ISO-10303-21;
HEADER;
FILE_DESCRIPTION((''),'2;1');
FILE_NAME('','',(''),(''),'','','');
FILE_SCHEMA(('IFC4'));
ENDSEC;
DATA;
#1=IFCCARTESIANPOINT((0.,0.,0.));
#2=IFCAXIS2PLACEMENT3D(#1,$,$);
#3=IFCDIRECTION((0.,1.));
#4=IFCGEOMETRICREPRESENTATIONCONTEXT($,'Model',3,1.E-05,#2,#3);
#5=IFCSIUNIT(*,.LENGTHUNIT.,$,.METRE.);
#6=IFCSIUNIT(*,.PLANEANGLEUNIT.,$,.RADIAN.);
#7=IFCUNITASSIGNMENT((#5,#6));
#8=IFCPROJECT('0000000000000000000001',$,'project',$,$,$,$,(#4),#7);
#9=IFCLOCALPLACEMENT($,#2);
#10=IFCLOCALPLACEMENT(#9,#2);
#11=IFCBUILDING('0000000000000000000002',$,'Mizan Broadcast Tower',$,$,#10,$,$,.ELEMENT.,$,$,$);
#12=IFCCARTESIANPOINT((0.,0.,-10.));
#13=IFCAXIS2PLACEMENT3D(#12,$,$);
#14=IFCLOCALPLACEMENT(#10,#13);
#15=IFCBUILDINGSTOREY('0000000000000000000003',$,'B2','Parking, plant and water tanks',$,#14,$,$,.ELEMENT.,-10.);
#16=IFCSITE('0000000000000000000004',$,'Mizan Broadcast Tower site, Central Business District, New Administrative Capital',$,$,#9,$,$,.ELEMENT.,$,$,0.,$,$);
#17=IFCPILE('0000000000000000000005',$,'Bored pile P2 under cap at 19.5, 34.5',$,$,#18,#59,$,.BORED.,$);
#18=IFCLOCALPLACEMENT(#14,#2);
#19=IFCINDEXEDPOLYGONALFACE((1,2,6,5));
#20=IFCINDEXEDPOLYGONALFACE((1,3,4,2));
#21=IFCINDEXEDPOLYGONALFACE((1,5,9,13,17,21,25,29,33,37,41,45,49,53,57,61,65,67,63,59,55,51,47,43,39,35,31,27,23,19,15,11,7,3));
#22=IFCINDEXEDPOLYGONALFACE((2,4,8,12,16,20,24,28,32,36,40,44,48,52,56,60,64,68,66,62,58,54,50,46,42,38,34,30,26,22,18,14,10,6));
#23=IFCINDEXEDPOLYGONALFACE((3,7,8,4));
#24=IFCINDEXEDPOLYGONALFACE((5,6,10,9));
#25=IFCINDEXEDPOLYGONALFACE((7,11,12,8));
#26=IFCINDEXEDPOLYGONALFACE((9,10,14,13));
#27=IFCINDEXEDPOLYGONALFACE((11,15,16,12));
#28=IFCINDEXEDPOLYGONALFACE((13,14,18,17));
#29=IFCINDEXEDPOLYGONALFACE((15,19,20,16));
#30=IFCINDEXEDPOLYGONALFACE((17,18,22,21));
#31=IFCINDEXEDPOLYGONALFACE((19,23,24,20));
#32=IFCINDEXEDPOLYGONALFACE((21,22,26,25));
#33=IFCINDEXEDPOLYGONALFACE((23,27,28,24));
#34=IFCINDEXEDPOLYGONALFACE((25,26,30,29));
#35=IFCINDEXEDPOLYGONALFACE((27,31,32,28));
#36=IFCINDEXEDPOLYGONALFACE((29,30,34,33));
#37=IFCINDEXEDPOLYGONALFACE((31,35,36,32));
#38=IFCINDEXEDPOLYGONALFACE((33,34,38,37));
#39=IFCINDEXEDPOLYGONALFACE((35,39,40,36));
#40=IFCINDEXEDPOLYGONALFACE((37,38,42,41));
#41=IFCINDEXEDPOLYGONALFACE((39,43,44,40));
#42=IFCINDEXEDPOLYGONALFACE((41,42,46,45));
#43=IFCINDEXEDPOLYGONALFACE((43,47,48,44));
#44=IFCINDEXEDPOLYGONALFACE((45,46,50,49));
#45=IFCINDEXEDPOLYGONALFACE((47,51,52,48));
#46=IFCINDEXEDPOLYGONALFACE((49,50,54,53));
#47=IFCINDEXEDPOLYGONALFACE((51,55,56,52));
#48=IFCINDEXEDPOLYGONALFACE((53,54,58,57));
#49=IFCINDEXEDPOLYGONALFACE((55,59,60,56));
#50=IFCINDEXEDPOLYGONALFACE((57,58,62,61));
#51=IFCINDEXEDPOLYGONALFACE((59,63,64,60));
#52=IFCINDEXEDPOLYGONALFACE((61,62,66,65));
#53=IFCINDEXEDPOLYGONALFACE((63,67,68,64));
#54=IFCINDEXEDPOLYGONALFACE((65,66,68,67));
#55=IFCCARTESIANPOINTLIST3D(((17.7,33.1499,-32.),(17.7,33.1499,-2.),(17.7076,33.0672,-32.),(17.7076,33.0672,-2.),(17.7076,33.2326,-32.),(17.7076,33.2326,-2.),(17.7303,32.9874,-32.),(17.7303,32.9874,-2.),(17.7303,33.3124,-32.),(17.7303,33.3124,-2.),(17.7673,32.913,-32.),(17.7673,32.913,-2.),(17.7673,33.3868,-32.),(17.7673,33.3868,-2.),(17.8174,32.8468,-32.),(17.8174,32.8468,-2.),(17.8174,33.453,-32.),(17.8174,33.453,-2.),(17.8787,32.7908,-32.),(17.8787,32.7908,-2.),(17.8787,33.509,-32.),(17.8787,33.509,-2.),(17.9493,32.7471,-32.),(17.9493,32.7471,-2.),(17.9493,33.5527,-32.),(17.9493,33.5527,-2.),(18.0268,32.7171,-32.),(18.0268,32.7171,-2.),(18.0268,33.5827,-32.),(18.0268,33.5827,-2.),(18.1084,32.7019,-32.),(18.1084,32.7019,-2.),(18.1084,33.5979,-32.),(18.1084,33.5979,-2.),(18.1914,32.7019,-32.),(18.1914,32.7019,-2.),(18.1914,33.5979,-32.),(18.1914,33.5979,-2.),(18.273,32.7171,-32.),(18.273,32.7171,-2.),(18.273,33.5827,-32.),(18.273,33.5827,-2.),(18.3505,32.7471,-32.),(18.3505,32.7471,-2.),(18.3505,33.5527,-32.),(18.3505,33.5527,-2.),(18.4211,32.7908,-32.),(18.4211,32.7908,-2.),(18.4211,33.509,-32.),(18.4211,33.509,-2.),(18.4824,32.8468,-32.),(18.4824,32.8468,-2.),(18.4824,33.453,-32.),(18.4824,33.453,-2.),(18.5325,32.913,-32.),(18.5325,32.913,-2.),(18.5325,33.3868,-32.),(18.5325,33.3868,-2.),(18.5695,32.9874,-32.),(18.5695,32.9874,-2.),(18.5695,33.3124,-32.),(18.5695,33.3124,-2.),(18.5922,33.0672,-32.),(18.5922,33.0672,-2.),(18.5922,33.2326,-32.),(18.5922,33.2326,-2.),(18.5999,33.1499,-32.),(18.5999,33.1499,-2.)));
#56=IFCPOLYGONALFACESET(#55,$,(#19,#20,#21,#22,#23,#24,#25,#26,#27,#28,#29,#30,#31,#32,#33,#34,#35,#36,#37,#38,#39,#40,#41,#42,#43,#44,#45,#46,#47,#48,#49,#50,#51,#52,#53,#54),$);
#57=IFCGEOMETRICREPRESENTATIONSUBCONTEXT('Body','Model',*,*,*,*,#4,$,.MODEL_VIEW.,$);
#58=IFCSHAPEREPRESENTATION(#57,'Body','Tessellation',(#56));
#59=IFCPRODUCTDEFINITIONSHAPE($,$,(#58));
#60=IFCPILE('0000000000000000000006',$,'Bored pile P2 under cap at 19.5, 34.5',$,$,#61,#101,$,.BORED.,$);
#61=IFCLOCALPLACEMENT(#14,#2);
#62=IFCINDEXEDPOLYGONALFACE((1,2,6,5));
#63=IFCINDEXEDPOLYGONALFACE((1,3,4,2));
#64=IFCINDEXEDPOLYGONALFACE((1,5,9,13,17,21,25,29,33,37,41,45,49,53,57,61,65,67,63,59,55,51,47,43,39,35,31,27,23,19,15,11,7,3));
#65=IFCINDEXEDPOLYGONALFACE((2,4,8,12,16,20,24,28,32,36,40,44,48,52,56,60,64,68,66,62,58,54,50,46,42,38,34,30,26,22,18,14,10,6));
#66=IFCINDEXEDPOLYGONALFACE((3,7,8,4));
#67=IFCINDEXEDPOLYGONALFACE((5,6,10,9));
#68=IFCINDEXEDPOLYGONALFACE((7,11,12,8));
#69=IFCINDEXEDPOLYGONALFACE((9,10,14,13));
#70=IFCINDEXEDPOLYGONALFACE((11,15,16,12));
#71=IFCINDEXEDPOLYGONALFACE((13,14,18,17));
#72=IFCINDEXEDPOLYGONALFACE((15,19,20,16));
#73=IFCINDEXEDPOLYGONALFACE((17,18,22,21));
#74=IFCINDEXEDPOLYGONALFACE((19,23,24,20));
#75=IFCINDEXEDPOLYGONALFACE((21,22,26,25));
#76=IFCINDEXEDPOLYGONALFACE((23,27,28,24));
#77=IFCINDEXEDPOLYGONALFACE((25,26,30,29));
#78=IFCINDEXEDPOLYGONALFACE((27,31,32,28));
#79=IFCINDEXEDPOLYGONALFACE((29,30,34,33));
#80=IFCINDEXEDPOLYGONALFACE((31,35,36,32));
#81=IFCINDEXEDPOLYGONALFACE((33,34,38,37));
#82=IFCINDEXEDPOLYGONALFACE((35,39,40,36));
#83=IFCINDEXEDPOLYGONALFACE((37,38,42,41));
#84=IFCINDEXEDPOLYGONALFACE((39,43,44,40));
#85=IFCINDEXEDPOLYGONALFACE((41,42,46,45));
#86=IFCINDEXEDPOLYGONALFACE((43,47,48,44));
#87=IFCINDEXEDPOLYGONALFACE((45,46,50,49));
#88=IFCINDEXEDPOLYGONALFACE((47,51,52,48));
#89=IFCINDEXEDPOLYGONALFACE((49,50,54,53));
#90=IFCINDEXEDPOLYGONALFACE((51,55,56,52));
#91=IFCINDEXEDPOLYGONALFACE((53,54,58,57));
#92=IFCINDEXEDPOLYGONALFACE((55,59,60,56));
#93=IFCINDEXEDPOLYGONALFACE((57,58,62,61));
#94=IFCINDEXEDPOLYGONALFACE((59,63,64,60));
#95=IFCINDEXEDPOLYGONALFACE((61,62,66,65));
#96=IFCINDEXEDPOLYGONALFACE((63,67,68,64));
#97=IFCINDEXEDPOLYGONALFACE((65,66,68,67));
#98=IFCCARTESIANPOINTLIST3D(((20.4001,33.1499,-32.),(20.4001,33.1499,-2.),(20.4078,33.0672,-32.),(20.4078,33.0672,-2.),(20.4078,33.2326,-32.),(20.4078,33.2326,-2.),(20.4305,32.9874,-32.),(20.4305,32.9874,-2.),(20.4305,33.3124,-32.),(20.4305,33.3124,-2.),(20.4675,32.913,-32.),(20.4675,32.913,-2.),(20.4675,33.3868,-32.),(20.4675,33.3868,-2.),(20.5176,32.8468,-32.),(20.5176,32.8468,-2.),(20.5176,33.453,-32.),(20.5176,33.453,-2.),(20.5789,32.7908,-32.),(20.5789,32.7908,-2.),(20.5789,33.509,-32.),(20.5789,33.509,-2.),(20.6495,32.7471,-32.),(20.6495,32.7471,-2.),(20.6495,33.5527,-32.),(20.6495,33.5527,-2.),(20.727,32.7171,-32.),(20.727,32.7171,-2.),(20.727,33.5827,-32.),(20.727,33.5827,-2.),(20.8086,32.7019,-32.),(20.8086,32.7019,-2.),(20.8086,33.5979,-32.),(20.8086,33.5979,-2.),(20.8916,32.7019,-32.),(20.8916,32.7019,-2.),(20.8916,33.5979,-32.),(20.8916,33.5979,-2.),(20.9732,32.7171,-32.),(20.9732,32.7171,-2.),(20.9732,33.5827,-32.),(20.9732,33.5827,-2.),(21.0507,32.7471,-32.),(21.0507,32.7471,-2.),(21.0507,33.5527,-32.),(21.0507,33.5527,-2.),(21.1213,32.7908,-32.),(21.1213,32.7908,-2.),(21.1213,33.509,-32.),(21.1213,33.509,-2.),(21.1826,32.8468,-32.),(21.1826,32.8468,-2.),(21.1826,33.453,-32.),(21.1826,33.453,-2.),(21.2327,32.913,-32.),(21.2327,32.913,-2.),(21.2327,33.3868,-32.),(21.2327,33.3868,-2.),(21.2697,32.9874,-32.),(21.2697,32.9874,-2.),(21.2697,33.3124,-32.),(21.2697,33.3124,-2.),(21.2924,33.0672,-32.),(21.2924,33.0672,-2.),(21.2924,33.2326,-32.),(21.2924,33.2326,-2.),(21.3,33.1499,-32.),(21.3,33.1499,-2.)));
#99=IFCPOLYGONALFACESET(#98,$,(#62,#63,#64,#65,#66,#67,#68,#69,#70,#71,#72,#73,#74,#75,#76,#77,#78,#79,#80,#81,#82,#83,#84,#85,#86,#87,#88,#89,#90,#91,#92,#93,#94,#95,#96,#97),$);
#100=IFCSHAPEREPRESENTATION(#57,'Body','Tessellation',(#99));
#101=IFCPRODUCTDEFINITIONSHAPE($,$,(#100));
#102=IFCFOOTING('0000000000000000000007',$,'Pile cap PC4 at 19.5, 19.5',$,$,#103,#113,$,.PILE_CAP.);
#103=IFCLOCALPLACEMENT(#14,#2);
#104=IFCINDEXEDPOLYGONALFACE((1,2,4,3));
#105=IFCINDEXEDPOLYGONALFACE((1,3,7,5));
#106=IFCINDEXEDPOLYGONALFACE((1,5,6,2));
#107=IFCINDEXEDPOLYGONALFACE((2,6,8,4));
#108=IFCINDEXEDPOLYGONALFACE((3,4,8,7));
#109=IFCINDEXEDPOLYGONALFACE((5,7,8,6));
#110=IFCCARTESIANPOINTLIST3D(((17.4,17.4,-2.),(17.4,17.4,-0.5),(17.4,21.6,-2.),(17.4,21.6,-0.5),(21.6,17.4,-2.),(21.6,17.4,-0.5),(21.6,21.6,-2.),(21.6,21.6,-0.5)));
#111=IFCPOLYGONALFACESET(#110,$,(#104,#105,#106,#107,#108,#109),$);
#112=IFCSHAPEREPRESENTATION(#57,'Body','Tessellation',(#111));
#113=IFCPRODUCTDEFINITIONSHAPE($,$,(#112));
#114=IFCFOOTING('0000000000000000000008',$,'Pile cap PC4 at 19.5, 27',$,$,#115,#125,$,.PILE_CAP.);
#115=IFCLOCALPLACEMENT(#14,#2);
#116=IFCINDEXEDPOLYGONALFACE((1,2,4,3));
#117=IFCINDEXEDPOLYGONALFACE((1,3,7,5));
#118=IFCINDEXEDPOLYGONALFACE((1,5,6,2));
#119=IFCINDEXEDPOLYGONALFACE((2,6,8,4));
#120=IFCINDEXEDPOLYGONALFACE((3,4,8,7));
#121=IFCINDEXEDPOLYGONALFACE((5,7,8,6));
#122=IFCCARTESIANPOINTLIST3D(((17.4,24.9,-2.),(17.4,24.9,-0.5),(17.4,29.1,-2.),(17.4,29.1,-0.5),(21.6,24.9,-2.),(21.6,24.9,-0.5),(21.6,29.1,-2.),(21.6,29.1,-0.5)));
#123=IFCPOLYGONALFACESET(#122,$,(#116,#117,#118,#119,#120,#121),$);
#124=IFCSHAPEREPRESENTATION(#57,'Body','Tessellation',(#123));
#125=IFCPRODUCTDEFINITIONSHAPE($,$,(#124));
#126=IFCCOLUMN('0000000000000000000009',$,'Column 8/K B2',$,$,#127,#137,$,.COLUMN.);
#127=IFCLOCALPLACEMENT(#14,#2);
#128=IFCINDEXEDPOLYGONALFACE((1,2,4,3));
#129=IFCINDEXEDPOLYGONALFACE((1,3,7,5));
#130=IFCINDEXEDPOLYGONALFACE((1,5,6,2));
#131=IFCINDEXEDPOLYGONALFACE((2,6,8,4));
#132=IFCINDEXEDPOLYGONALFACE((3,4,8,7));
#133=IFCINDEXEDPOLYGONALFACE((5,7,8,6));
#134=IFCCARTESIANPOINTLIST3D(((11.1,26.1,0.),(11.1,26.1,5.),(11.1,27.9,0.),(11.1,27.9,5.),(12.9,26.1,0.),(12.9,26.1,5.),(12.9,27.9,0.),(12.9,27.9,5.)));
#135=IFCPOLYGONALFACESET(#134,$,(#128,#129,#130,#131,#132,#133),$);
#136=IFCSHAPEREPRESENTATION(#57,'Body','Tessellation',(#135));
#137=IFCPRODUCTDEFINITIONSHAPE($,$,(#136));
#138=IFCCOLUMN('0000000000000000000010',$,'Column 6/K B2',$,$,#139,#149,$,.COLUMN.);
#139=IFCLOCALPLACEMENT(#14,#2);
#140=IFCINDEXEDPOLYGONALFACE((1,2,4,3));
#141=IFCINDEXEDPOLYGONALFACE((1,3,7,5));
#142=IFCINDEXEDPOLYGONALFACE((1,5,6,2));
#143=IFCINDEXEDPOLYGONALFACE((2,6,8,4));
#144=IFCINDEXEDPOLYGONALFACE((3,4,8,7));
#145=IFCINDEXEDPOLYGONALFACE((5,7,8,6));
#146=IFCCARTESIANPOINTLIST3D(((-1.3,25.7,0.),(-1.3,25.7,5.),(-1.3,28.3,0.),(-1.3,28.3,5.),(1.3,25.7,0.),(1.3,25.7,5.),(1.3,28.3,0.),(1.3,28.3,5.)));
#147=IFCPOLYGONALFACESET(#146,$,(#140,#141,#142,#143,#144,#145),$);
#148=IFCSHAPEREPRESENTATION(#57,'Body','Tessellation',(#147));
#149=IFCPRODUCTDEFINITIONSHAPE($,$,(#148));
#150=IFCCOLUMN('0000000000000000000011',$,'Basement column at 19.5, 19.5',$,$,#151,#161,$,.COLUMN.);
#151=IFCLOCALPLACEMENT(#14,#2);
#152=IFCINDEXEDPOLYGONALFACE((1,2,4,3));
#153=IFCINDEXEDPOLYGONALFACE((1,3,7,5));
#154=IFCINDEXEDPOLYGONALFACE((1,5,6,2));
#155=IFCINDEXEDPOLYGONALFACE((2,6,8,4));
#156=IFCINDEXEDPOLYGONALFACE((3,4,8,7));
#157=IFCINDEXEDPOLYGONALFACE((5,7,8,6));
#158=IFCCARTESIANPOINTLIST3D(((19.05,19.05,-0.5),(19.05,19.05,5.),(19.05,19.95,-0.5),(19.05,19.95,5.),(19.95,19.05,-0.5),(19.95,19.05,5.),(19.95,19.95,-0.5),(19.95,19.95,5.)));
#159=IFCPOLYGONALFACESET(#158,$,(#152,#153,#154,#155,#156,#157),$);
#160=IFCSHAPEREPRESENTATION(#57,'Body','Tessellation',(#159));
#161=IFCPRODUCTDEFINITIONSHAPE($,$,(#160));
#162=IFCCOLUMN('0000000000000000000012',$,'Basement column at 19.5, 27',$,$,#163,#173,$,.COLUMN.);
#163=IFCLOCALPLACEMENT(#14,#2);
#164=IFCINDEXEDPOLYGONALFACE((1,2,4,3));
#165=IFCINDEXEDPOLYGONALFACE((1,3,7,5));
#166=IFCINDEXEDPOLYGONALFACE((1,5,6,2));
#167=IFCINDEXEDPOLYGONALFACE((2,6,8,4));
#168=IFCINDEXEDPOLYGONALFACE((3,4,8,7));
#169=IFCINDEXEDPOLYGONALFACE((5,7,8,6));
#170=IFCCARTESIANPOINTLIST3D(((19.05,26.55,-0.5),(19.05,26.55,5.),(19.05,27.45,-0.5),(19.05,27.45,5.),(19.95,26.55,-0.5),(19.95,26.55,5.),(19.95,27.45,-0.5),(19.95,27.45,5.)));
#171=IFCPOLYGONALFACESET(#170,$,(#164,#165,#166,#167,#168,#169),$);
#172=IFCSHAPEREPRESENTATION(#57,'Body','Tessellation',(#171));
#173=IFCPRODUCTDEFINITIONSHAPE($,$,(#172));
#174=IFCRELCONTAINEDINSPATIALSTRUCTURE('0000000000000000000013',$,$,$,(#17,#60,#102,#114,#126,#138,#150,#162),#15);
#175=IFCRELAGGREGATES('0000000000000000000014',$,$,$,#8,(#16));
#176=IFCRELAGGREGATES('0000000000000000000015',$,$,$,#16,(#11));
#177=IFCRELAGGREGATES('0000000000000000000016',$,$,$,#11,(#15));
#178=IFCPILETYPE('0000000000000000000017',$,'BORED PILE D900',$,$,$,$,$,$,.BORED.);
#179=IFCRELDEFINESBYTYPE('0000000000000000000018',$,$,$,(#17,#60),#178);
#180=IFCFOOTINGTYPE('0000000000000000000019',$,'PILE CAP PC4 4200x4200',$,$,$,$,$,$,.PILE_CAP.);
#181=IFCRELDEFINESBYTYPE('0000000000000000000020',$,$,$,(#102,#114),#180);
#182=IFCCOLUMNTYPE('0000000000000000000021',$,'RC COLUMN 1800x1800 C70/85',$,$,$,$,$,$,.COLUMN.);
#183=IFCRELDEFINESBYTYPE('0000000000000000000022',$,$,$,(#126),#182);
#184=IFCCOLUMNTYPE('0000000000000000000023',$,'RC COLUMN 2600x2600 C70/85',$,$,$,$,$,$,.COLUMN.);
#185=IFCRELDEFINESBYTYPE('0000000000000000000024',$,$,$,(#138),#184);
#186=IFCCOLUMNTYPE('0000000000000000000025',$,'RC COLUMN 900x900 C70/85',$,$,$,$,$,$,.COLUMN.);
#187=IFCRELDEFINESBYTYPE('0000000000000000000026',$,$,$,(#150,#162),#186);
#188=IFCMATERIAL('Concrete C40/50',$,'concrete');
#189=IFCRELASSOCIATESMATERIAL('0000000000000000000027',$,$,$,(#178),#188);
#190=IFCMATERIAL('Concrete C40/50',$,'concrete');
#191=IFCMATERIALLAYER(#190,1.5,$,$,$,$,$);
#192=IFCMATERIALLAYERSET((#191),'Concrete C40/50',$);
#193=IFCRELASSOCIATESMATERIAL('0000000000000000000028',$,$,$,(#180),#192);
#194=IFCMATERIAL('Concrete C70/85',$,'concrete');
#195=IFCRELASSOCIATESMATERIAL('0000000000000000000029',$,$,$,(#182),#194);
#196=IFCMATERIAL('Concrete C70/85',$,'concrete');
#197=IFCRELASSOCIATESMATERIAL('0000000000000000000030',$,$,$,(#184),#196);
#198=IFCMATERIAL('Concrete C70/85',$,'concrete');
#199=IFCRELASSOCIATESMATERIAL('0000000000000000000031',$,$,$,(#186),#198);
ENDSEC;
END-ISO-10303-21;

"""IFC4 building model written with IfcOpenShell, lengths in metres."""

from ifc_helpers import new_model, si_unit, direction, frame, origin, origin_2d, place, context, subcontext, project, spatial, rectangle, circle, extrude, material, layer, layer_set, material_profile, profile_set, type_object, element, save


model = new_model("IFC4")

# Units and contexts
model_context = context("Model", 3, precision=1e-05, world=origin(), true_north=direction((0.0, 1.0)))
body_context = subcontext(model_context, "Body", "Model", "MODEL_VIEW")
ifc_project = project(units=[si_unit("LENGTHUNIT", "METRE"), si_unit("PLANEANGLEUNIT", "RADIAN")], contexts=[model_context])

# Site, building, storey
site_placement = place(None, origin())
site = spatial("IfcSite", under=ifc_project, at=site_placement, Name="Mizan Broadcast Tower site, Central Business District, New Administrative Capital", CompositionType="ELEMENT", RefElevation=0.0)
building_placement = place(site_placement, origin())
building = spatial("IfcBuilding", under=site, at=building_placement, Name="Mizan Broadcast Tower", CompositionType="ELEMENT")
storey_placement = place(building_placement, frame((0.0, 0.0, -10.0)))
storey = spatial("IfcBuildingStorey", under=building, at=storey_placement, Name="B2", Description="Parking, plant and water tanks", CompositionType="ELEMENT", Elevation=-10.0)

# Piles
ifc_material_1 = material(Name="Concrete C40/50", Category="concrete")
ifc_material_profile_1 = material_profile(ifc_material_1, circle(Radius=0.45, at=origin_2d()), Name="D900")
ifc_profile_set_1 = profile_set([ifc_material_profile_1], Name="Concrete C40/50")
pile_type_1 = type_object("IfcPileType", Name="BORED PILE D900", PredefinedType="BORED", material=ifc_profile_set_1)
for number, where, z_axis, x_axis, name in (
    (1, (18.1499, 33.1499, -2.0), (0.0, 0.0, -1.0), (1.0, 0.0, 0.0), "Bored pile P2 under cap at 19.5, 34.5"),
    (2, (20.8501, 33.1499, -2.0), (0.0, 0.0, -1.0), (1.0, 0.0, 0.0), "Bored pile P2 under cap at 19.5, 34.5"),
):
    element("IfcPile", number, at=place(storey_placement, frame(where, z_axis=z_axis, x_axis=x_axis)), inside=storey, type_object=pile_type_1, Name=name, PredefinedType="BORED", context=body_context, shape_type="SweptSolid", body=[
        extrude(circle(Radius=0.45, at=origin_2d()), origin(), (0.0, 0.0, 1.0), 30.0),
    ])

# Footings
ifc_material_2 = material(Name="Concrete C40/50", Category="concrete")
ifc_layer = layer(ifc_material_2, 1.5)
ifc_layer_set = layer_set([ifc_layer], Name="Concrete C40/50")
footing_type = type_object("IfcFootingType", Name="PILE CAP PC4 4200x4200", PredefinedType="PILE_CAP", material=ifc_layer_set)
for number, where, z_axis, x_axis, name in (
    (3, (19.5, 19.5, -2.0), (0.0, 0.0, 1.0), (1.0, 0.0, 0.0), "Pile cap PC4 at 19.5, 19.5"),
    (4, (19.5, 27.0, -2.0), (0.0, 0.0, 1.0), (1.0, 0.0, 0.0), "Pile cap PC4 at 19.5, 27"),
):
    element("IfcFooting", number, at=place(storey_placement, frame(where, z_axis=z_axis, x_axis=x_axis)), inside=storey, type_object=footing_type, Name=name, PredefinedType="PILE_CAP", context=body_context, shape_type="SweptSolid", body=[
        extrude(rectangle(XDim=4.2, YDim=4.2, at=origin_2d()), origin(), (0.0, 0.0, 1.0), 1.5),
    ])

# Columns
ifc_material_3 = material(Name="Concrete C70/85", Category="concrete")
ifc_material_profile_2 = material_profile(ifc_material_3, rectangle(XDim=1.8, YDim=1.8, at=origin_2d()), Name="RC 1800x1800")
ifc_profile_set_2 = profile_set([ifc_material_profile_2], Name="Concrete C70/85")
column_type_1 = type_object("IfcColumnType", Name="RC COLUMN 1800x1800 C70/85", PredefinedType="COLUMN", material=ifc_profile_set_2)
column_1_placement = place(storey_placement, frame((12.0, 27.0, 0.0), z_axis=(0.0, 0.0, 1.0), x_axis=(1.0, 0.0, 0.0)))
element("IfcColumn", 5, at=column_1_placement, inside=storey, type_object=column_type_1, Name="Column 8/K B2", PredefinedType="COLUMN", context=body_context, shape_type="SweptSolid", body=[
    extrude(rectangle(XDim=1.8, YDim=1.8, at=origin_2d()), origin(), (0.0, 0.0, 1.0), 5.0),
])
ifc_material_4 = material(Name="Concrete C70/85", Category="concrete")
ifc_material_profile_3 = material_profile(ifc_material_4, rectangle(XDim=2.6001, YDim=2.6001, at=origin_2d()), Name="RC 2600x2600")
ifc_profile_set_3 = profile_set([ifc_material_profile_3], Name="Concrete C70/85")
column_type_2 = type_object("IfcColumnType", Name="RC COLUMN 2600x2600 C70/85", PredefinedType="COLUMN", material=ifc_profile_set_3)
column_2_placement = place(storey_placement, frame((0.0, 27.0, 0.0), z_axis=(0.0, 0.0, 1.0), x_axis=(1.0, 0.0, 0.0)))
element("IfcColumn", 6, at=column_2_placement, inside=storey, type_object=column_type_2, Name="Column 6/K B2", PredefinedType="COLUMN", context=body_context, shape_type="SweptSolid", body=[
    extrude(rectangle(XDim=2.6001, YDim=2.6001, at=origin_2d()), origin(), (0.0, 0.0, 1.0), 5.0),
])
ifc_material_5 = material(Name="Concrete C70/85", Category="concrete")
ifc_material_profile_4 = material_profile(ifc_material_5, rectangle(XDim=0.8999, YDim=0.8999, at=origin_2d()), Name="RC 900x900")
ifc_profile_set_4 = profile_set([ifc_material_profile_4], Name="Concrete C70/85")
column_type_3 = type_object("IfcColumnType", Name="RC COLUMN 900x900 C70/85", PredefinedType="COLUMN", material=ifc_profile_set_4)
for number, where, z_axis, x_axis, name in (
    (7, (19.5, 19.5, -0.5), (0.0, 0.0, 1.0), (1.0, 0.0, 0.0), "Basement column at 19.5, 19.5"),
    (8, (19.5, 27.0, -0.5), (0.0, 0.0, 1.0), (1.0, 0.0, 0.0), "Basement column at 19.5, 27"),
):
    element("IfcColumn", number, at=place(storey_placement, frame(where, z_axis=z_axis, x_axis=x_axis)), inside=storey, type_object=column_type_3, Name=name, PredefinedType="COLUMN", context=body_context, shape_type="SweptSolid", body=[
        extrude(rectangle(XDim=0.8999, YDim=0.8999, at=origin_2d()), origin(), (0.0, 0.0, 1.0), 5.5),
    ])

save(model, "model.ifc")
